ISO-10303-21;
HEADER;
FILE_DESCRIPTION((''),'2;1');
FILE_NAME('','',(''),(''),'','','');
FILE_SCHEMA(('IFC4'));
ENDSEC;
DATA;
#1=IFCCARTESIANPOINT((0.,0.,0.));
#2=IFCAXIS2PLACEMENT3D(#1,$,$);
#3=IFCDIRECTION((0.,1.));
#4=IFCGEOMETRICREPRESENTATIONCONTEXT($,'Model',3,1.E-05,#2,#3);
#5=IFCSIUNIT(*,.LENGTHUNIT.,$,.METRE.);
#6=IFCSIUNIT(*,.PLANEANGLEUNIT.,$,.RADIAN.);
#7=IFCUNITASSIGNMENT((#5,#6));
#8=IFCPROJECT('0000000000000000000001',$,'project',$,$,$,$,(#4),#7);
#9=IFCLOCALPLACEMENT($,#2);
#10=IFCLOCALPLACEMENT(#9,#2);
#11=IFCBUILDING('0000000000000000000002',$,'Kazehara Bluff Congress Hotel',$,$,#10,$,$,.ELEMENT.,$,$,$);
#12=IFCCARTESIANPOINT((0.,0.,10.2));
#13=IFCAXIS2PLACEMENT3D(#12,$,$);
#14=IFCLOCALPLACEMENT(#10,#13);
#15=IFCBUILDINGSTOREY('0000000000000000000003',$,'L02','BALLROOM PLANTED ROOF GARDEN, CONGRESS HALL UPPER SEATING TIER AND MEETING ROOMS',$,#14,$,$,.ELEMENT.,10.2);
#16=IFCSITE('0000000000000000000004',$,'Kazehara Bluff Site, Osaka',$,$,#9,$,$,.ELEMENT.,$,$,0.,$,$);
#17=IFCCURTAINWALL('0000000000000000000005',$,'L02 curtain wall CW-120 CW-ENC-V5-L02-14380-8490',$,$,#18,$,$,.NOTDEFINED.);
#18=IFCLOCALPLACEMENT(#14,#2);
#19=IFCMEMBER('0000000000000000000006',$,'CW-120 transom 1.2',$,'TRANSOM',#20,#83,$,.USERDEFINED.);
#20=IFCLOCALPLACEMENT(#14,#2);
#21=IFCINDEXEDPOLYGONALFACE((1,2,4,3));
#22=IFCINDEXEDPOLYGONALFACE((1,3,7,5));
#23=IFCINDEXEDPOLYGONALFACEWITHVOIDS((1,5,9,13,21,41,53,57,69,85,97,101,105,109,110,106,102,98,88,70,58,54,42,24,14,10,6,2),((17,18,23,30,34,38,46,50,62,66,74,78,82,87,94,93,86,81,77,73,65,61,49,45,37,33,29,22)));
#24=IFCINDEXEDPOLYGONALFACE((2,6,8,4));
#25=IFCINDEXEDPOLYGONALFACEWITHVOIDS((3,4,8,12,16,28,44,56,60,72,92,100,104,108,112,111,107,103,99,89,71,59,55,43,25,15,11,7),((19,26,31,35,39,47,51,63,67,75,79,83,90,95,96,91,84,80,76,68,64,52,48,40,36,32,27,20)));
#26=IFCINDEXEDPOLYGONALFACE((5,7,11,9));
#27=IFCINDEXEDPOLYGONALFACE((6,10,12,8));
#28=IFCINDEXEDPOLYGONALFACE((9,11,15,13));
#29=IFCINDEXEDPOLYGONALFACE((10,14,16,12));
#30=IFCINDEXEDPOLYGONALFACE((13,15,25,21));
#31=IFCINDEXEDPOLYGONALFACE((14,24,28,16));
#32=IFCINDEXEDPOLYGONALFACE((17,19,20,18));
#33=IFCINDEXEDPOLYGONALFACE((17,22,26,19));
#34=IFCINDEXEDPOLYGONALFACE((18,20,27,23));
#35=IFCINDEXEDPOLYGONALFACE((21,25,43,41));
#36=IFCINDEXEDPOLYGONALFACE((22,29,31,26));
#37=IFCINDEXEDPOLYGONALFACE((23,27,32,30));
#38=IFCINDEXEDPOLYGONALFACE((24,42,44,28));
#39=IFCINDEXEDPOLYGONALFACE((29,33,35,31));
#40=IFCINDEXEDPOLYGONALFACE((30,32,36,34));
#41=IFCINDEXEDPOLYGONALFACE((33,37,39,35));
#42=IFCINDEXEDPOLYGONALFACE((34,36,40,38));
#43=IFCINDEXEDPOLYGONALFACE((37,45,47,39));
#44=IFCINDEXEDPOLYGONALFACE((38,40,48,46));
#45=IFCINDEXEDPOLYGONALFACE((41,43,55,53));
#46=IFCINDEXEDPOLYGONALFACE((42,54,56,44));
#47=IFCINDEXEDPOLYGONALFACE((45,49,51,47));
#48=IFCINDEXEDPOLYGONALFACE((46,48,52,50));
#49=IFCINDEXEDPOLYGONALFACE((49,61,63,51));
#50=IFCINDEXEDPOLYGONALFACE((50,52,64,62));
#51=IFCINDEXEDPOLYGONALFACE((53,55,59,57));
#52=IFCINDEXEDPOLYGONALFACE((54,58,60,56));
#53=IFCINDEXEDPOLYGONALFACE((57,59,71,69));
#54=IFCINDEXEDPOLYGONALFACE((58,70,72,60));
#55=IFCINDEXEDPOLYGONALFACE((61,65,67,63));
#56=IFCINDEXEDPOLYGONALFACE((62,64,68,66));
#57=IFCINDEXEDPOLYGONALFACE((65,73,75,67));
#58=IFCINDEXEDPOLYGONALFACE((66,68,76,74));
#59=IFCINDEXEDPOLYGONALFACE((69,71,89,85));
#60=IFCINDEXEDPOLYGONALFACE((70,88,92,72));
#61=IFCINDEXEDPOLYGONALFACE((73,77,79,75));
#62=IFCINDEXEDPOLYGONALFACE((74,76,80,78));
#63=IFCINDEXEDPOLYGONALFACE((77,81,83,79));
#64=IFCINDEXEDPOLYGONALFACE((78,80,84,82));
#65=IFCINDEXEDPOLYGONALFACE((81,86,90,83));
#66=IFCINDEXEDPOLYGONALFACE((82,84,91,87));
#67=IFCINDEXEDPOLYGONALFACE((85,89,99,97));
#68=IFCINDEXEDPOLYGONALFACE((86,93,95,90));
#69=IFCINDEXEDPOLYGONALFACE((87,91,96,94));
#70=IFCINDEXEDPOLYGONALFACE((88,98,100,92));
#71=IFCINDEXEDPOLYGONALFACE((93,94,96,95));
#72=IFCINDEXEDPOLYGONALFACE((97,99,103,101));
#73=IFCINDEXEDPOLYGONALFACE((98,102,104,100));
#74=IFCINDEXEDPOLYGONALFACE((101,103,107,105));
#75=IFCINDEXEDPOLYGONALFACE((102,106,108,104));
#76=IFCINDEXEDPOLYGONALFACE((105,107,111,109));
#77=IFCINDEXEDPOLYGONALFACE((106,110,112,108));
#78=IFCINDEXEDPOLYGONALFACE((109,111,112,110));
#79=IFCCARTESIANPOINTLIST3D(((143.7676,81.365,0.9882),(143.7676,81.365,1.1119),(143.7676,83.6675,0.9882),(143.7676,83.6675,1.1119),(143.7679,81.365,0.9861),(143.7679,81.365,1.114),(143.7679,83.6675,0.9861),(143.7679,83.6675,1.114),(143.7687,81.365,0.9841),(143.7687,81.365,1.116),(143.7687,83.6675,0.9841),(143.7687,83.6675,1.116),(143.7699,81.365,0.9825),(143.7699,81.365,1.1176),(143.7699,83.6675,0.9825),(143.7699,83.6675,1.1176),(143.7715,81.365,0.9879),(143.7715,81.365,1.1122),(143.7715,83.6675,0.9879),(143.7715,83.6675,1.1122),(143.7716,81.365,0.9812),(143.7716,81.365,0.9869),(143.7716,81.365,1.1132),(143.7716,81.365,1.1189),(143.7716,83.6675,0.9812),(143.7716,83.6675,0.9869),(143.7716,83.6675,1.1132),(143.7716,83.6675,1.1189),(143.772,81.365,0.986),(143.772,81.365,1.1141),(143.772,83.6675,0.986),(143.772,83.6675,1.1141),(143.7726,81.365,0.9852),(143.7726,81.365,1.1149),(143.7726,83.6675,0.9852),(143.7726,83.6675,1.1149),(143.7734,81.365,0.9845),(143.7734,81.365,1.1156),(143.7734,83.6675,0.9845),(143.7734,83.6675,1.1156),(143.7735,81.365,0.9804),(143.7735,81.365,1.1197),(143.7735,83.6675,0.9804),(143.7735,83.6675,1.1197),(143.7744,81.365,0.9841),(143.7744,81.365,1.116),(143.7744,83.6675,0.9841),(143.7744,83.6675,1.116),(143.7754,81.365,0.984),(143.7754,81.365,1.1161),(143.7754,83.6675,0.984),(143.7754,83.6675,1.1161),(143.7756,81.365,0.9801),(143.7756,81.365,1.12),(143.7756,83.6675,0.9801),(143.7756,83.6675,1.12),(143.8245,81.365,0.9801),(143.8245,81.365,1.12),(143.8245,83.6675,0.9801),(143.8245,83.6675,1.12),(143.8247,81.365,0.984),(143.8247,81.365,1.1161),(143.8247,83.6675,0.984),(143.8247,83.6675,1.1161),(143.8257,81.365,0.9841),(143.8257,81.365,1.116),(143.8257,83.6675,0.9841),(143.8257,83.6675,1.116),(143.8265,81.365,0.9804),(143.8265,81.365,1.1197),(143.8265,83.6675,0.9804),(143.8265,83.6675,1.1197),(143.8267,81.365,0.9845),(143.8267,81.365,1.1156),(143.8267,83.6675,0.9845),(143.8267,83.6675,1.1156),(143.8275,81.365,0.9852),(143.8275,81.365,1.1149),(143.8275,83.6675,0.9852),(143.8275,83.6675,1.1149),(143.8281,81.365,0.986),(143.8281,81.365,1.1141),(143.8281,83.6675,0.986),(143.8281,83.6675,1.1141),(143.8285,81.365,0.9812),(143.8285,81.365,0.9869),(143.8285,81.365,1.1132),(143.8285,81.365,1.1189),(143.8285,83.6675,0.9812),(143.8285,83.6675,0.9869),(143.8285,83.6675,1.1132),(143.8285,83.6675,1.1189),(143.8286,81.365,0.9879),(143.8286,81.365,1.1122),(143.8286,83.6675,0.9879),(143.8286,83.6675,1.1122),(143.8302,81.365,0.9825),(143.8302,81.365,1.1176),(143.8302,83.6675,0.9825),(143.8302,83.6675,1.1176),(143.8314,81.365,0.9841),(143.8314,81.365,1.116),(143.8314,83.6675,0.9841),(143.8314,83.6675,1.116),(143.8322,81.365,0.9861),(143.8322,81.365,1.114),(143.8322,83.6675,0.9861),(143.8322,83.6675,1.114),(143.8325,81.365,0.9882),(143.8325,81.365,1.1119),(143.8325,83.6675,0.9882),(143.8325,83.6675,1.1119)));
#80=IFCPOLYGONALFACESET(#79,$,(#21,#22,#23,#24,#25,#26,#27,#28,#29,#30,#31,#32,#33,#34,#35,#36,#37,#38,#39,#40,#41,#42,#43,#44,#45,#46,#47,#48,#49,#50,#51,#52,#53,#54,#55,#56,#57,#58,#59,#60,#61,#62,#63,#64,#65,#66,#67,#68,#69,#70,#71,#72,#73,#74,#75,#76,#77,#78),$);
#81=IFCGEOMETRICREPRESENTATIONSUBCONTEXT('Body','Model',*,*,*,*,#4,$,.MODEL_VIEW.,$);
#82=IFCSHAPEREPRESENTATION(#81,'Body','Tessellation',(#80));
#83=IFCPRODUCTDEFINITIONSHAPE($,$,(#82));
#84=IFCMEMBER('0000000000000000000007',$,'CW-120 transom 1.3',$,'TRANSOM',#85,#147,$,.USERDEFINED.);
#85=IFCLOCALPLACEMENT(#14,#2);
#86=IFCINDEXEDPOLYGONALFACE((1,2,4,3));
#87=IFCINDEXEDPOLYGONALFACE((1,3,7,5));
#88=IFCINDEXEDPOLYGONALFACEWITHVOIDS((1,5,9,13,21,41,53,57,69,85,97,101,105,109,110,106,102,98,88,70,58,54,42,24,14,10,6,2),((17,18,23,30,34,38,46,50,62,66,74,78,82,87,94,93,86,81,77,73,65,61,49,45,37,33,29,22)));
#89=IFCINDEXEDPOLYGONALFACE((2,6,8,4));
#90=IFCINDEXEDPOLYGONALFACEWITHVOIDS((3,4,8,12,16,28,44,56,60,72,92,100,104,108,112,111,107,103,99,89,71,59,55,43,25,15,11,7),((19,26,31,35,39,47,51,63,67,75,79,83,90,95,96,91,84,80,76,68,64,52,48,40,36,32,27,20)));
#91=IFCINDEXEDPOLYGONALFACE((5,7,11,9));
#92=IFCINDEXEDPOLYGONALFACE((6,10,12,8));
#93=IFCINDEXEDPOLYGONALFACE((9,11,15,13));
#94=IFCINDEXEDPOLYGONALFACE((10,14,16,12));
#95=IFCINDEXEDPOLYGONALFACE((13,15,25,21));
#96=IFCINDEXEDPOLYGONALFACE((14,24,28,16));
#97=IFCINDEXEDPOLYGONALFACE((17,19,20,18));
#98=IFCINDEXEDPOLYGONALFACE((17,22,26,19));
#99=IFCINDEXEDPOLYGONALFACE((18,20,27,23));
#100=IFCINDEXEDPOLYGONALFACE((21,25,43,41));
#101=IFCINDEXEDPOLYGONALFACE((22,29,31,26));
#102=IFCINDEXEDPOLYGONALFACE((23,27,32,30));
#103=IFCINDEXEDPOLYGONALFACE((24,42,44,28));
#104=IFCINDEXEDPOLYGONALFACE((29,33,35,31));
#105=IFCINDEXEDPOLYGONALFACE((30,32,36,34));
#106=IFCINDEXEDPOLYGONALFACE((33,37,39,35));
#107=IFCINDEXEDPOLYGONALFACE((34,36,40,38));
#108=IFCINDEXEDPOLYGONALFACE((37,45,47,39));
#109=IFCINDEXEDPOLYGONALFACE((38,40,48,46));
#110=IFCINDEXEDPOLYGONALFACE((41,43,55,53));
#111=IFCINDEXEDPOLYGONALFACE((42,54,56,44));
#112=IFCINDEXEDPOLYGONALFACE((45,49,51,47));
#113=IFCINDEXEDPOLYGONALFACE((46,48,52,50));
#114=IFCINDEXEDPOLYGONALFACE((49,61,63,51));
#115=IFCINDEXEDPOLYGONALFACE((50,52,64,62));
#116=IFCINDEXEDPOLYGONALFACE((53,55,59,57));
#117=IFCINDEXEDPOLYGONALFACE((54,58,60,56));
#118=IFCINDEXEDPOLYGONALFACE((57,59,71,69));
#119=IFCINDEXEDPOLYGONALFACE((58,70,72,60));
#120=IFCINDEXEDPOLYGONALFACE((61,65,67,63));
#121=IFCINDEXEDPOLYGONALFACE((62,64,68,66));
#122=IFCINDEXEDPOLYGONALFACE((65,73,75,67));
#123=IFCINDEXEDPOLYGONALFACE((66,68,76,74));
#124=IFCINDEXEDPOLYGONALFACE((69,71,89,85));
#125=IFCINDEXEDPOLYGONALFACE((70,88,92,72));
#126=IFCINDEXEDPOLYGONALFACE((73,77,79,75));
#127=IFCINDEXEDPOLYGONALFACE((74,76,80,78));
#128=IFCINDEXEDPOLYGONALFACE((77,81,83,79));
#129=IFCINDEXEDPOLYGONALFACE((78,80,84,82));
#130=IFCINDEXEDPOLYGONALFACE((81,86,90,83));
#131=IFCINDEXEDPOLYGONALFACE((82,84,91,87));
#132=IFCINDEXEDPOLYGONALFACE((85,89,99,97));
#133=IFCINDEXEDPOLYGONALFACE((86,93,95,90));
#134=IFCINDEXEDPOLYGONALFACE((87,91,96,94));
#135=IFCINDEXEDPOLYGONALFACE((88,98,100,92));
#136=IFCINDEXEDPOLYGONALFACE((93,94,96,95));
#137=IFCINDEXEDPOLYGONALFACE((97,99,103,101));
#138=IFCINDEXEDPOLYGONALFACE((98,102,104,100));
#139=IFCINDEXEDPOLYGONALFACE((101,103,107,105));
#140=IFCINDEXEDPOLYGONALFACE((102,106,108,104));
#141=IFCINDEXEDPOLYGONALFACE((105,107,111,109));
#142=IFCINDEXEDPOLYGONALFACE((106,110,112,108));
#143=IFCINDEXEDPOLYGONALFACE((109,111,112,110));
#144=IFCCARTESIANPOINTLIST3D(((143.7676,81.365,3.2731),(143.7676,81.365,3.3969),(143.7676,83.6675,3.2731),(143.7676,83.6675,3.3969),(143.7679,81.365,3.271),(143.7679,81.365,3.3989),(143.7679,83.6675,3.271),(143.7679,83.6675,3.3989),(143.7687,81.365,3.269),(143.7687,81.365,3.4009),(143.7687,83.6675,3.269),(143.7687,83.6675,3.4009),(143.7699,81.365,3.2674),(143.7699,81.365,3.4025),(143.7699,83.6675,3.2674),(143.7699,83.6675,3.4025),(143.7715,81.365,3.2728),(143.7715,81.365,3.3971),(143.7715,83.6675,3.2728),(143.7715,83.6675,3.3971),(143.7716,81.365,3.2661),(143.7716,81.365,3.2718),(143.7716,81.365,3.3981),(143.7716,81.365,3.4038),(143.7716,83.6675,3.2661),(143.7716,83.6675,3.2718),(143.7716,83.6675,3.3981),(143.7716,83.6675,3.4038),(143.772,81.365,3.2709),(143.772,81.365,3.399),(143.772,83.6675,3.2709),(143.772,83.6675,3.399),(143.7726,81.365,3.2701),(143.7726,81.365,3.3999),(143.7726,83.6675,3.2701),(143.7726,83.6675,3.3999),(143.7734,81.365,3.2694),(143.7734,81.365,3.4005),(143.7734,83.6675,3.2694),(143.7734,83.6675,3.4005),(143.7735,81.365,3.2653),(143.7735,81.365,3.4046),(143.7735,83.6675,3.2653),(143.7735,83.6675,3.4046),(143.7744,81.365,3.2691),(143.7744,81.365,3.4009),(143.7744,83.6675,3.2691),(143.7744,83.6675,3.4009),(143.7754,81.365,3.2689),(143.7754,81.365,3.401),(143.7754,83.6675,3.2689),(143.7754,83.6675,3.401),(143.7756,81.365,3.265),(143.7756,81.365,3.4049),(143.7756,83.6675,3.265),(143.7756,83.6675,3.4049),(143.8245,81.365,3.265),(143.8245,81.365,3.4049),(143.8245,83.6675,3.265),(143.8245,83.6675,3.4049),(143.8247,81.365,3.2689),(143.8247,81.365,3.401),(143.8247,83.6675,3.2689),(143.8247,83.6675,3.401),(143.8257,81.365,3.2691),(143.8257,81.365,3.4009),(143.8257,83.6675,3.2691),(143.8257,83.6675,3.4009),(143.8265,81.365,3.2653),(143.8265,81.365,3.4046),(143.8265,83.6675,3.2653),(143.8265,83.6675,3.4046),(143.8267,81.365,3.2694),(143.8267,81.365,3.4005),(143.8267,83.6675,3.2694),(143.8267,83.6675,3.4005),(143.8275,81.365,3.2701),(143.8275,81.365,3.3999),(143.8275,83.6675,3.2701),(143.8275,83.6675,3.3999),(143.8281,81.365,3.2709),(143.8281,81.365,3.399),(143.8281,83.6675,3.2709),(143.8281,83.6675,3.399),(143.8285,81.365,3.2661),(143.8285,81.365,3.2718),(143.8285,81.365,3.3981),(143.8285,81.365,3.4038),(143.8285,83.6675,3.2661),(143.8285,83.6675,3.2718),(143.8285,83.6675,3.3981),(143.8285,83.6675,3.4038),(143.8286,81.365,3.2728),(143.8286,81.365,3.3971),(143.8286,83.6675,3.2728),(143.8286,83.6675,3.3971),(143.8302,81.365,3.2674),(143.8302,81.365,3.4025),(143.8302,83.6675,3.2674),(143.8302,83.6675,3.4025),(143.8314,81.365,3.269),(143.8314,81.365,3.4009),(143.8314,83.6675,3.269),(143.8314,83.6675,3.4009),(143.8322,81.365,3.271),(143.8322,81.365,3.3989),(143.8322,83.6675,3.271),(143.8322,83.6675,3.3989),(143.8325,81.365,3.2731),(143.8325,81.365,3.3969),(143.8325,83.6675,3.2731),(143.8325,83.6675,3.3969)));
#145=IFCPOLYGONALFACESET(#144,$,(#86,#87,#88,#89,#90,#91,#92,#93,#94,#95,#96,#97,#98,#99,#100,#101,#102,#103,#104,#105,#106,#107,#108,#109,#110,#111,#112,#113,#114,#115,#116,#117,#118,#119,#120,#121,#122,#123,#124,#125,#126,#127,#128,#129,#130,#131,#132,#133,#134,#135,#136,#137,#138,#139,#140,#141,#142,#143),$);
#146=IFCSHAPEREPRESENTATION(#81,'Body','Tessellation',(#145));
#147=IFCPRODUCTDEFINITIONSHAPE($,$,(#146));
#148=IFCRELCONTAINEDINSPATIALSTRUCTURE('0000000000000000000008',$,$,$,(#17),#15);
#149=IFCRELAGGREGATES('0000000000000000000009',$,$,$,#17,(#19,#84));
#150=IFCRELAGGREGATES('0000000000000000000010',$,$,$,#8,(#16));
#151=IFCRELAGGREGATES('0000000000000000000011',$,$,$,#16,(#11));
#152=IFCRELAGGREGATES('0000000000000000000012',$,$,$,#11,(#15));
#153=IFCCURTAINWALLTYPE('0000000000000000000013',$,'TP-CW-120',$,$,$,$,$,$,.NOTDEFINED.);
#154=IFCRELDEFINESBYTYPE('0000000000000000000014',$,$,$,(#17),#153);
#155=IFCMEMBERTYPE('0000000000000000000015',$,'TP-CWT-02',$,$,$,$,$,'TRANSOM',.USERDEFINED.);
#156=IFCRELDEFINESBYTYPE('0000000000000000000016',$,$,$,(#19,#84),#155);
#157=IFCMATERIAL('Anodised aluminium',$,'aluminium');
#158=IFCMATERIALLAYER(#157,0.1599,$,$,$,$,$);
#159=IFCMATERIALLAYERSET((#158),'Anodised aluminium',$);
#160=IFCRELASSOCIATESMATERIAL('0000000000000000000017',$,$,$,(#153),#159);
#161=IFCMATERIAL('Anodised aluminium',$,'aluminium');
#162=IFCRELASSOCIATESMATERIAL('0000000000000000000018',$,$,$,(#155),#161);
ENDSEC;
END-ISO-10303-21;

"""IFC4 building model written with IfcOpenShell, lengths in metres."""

from ifc_helpers import new_model, si_unit, direction, frame, origin, origin_2d, place, context, subcontext, project, spatial, hollow_rectangle, extrude, material, layer, layer_set, material_profile, profile_set, type_object, element, aggregate, save


model = new_model("IFC4")

# Units and contexts
model_context = context("Model", 3, precision=1e-05, world=origin(), true_north=direction((0.0, 1.0)))
body_context = subcontext(model_context, "Body", "Model", "MODEL_VIEW")
ifc_project = project(units=[si_unit("LENGTHUNIT", "METRE"), si_unit("PLANEANGLEUNIT", "RADIAN")], contexts=[model_context])

# Site, building, storey
site_placement = place(None, origin())
site = spatial("IfcSite", under=ifc_project, at=site_placement, Name="Kazehara Bluff Site, Osaka", CompositionType="ELEMENT", RefElevation=0.0)
building_placement = place(site_placement, origin())
building = spatial("IfcBuilding", under=site, at=building_placement, Name="Kazehara Bluff Congress Hotel", CompositionType="ELEMENT")
storey_placement = place(building_placement, frame((0.0, 0.0, 10.2)))
storey = spatial("IfcBuildingStorey", under=building, at=storey_placement, Name="L02", Description="BALLROOM PLANTED ROOF GARDEN, CONGRESS HALL UPPER SEATING TIER AND MEETING ROOMS", CompositionType="ELEMENT", Elevation=10.2)

# Curtain wall
ifc_material_1 = material(Name="Anodised aluminium", Category="aluminium")
ifc_layer_1 = layer(ifc_material_1, 0.1599)
ifc_layer_set_1 = layer_set([ifc_layer_1], Name="Anodised aluminium")
curtain_wall_type_1 = type_object("IfcCurtainWallType", Name="TP-CW-120", PredefinedType="NOTDEFINED", material=ifc_layer_set_1)
curtain_wall_1_placement = place(storey_placement, origin())
curtain_wall_1 = element("IfcCurtainWall", 1, at=curtain_wall_1_placement, inside=storey, type_object=curtain_wall_type_1, Name="L02 curtain wall CW-120 CW-ENC-V5-L02-14380-8490", PredefinedType="NOTDEFINED")

# Members
ifc_material_2 = material(Name="Anodised aluminium", Category="aluminium")
ifc_material_profile_1 = material_profile(ifc_material_2, hollow_rectangle(XDim=0.0649, YDim=0.1399, WallThickness=0.0039, InnerFilletRadius=0.0039, OuterFilletRadius=0.0081, at=origin_2d()))
ifc_profile_set_1 = profile_set([ifc_material_profile_1], Name="Anodised aluminium")
member_type_1 = type_object("IfcMemberType", Name="TP-CWT-02", ElementType="TRANSOM", PredefinedType="USERDEFINED", material=ifc_profile_set_1)
member_1_placement = place(storey_placement, frame((143.8, 81.365, 1.05), z_axis=(0.0, 1.0, 0.0), x_axis=(-1.0, 0.0, 0.0)))
member_1 = element("IfcMember", 2, at=member_1_placement, type_object=member_type_1, Name="CW-120 transom 1.2", ObjectType="TRANSOM", PredefinedType="USERDEFINED", context=body_context, shape_type="SweptSolid", body=[
    extrude(hollow_rectangle(XDim=0.0649, YDim=0.1399, WallThickness=0.0039, InnerFilletRadius=0.0039, OuterFilletRadius=0.0081, at=origin_2d()), origin(), (0.0, 0.0, 1.0), 2.3025),
])
member_2_placement = place(storey_placement, frame((143.8, 81.365, 3.335), z_axis=(0.0, 1.0, 0.0), x_axis=(-1.0, 0.0, 0.0)))
member_2 = element("IfcMember", 3, at=member_2_placement, type_object=member_type_1, Name="CW-120 transom 1.3", ObjectType="TRANSOM", PredefinedType="USERDEFINED", context=body_context, shape_type="SweptSolid", body=[
    extrude(hollow_rectangle(XDim=0.0649, YDim=0.1399, WallThickness=0.0039, InnerFilletRadius=0.0039, OuterFilletRadius=0.0081, at=origin_2d()), origin(), (0.0, 0.0, 1.0), 2.3025),
])

aggregate(curtain_wall_1, [member_1, member_2])

save(model, "model.ifc")
